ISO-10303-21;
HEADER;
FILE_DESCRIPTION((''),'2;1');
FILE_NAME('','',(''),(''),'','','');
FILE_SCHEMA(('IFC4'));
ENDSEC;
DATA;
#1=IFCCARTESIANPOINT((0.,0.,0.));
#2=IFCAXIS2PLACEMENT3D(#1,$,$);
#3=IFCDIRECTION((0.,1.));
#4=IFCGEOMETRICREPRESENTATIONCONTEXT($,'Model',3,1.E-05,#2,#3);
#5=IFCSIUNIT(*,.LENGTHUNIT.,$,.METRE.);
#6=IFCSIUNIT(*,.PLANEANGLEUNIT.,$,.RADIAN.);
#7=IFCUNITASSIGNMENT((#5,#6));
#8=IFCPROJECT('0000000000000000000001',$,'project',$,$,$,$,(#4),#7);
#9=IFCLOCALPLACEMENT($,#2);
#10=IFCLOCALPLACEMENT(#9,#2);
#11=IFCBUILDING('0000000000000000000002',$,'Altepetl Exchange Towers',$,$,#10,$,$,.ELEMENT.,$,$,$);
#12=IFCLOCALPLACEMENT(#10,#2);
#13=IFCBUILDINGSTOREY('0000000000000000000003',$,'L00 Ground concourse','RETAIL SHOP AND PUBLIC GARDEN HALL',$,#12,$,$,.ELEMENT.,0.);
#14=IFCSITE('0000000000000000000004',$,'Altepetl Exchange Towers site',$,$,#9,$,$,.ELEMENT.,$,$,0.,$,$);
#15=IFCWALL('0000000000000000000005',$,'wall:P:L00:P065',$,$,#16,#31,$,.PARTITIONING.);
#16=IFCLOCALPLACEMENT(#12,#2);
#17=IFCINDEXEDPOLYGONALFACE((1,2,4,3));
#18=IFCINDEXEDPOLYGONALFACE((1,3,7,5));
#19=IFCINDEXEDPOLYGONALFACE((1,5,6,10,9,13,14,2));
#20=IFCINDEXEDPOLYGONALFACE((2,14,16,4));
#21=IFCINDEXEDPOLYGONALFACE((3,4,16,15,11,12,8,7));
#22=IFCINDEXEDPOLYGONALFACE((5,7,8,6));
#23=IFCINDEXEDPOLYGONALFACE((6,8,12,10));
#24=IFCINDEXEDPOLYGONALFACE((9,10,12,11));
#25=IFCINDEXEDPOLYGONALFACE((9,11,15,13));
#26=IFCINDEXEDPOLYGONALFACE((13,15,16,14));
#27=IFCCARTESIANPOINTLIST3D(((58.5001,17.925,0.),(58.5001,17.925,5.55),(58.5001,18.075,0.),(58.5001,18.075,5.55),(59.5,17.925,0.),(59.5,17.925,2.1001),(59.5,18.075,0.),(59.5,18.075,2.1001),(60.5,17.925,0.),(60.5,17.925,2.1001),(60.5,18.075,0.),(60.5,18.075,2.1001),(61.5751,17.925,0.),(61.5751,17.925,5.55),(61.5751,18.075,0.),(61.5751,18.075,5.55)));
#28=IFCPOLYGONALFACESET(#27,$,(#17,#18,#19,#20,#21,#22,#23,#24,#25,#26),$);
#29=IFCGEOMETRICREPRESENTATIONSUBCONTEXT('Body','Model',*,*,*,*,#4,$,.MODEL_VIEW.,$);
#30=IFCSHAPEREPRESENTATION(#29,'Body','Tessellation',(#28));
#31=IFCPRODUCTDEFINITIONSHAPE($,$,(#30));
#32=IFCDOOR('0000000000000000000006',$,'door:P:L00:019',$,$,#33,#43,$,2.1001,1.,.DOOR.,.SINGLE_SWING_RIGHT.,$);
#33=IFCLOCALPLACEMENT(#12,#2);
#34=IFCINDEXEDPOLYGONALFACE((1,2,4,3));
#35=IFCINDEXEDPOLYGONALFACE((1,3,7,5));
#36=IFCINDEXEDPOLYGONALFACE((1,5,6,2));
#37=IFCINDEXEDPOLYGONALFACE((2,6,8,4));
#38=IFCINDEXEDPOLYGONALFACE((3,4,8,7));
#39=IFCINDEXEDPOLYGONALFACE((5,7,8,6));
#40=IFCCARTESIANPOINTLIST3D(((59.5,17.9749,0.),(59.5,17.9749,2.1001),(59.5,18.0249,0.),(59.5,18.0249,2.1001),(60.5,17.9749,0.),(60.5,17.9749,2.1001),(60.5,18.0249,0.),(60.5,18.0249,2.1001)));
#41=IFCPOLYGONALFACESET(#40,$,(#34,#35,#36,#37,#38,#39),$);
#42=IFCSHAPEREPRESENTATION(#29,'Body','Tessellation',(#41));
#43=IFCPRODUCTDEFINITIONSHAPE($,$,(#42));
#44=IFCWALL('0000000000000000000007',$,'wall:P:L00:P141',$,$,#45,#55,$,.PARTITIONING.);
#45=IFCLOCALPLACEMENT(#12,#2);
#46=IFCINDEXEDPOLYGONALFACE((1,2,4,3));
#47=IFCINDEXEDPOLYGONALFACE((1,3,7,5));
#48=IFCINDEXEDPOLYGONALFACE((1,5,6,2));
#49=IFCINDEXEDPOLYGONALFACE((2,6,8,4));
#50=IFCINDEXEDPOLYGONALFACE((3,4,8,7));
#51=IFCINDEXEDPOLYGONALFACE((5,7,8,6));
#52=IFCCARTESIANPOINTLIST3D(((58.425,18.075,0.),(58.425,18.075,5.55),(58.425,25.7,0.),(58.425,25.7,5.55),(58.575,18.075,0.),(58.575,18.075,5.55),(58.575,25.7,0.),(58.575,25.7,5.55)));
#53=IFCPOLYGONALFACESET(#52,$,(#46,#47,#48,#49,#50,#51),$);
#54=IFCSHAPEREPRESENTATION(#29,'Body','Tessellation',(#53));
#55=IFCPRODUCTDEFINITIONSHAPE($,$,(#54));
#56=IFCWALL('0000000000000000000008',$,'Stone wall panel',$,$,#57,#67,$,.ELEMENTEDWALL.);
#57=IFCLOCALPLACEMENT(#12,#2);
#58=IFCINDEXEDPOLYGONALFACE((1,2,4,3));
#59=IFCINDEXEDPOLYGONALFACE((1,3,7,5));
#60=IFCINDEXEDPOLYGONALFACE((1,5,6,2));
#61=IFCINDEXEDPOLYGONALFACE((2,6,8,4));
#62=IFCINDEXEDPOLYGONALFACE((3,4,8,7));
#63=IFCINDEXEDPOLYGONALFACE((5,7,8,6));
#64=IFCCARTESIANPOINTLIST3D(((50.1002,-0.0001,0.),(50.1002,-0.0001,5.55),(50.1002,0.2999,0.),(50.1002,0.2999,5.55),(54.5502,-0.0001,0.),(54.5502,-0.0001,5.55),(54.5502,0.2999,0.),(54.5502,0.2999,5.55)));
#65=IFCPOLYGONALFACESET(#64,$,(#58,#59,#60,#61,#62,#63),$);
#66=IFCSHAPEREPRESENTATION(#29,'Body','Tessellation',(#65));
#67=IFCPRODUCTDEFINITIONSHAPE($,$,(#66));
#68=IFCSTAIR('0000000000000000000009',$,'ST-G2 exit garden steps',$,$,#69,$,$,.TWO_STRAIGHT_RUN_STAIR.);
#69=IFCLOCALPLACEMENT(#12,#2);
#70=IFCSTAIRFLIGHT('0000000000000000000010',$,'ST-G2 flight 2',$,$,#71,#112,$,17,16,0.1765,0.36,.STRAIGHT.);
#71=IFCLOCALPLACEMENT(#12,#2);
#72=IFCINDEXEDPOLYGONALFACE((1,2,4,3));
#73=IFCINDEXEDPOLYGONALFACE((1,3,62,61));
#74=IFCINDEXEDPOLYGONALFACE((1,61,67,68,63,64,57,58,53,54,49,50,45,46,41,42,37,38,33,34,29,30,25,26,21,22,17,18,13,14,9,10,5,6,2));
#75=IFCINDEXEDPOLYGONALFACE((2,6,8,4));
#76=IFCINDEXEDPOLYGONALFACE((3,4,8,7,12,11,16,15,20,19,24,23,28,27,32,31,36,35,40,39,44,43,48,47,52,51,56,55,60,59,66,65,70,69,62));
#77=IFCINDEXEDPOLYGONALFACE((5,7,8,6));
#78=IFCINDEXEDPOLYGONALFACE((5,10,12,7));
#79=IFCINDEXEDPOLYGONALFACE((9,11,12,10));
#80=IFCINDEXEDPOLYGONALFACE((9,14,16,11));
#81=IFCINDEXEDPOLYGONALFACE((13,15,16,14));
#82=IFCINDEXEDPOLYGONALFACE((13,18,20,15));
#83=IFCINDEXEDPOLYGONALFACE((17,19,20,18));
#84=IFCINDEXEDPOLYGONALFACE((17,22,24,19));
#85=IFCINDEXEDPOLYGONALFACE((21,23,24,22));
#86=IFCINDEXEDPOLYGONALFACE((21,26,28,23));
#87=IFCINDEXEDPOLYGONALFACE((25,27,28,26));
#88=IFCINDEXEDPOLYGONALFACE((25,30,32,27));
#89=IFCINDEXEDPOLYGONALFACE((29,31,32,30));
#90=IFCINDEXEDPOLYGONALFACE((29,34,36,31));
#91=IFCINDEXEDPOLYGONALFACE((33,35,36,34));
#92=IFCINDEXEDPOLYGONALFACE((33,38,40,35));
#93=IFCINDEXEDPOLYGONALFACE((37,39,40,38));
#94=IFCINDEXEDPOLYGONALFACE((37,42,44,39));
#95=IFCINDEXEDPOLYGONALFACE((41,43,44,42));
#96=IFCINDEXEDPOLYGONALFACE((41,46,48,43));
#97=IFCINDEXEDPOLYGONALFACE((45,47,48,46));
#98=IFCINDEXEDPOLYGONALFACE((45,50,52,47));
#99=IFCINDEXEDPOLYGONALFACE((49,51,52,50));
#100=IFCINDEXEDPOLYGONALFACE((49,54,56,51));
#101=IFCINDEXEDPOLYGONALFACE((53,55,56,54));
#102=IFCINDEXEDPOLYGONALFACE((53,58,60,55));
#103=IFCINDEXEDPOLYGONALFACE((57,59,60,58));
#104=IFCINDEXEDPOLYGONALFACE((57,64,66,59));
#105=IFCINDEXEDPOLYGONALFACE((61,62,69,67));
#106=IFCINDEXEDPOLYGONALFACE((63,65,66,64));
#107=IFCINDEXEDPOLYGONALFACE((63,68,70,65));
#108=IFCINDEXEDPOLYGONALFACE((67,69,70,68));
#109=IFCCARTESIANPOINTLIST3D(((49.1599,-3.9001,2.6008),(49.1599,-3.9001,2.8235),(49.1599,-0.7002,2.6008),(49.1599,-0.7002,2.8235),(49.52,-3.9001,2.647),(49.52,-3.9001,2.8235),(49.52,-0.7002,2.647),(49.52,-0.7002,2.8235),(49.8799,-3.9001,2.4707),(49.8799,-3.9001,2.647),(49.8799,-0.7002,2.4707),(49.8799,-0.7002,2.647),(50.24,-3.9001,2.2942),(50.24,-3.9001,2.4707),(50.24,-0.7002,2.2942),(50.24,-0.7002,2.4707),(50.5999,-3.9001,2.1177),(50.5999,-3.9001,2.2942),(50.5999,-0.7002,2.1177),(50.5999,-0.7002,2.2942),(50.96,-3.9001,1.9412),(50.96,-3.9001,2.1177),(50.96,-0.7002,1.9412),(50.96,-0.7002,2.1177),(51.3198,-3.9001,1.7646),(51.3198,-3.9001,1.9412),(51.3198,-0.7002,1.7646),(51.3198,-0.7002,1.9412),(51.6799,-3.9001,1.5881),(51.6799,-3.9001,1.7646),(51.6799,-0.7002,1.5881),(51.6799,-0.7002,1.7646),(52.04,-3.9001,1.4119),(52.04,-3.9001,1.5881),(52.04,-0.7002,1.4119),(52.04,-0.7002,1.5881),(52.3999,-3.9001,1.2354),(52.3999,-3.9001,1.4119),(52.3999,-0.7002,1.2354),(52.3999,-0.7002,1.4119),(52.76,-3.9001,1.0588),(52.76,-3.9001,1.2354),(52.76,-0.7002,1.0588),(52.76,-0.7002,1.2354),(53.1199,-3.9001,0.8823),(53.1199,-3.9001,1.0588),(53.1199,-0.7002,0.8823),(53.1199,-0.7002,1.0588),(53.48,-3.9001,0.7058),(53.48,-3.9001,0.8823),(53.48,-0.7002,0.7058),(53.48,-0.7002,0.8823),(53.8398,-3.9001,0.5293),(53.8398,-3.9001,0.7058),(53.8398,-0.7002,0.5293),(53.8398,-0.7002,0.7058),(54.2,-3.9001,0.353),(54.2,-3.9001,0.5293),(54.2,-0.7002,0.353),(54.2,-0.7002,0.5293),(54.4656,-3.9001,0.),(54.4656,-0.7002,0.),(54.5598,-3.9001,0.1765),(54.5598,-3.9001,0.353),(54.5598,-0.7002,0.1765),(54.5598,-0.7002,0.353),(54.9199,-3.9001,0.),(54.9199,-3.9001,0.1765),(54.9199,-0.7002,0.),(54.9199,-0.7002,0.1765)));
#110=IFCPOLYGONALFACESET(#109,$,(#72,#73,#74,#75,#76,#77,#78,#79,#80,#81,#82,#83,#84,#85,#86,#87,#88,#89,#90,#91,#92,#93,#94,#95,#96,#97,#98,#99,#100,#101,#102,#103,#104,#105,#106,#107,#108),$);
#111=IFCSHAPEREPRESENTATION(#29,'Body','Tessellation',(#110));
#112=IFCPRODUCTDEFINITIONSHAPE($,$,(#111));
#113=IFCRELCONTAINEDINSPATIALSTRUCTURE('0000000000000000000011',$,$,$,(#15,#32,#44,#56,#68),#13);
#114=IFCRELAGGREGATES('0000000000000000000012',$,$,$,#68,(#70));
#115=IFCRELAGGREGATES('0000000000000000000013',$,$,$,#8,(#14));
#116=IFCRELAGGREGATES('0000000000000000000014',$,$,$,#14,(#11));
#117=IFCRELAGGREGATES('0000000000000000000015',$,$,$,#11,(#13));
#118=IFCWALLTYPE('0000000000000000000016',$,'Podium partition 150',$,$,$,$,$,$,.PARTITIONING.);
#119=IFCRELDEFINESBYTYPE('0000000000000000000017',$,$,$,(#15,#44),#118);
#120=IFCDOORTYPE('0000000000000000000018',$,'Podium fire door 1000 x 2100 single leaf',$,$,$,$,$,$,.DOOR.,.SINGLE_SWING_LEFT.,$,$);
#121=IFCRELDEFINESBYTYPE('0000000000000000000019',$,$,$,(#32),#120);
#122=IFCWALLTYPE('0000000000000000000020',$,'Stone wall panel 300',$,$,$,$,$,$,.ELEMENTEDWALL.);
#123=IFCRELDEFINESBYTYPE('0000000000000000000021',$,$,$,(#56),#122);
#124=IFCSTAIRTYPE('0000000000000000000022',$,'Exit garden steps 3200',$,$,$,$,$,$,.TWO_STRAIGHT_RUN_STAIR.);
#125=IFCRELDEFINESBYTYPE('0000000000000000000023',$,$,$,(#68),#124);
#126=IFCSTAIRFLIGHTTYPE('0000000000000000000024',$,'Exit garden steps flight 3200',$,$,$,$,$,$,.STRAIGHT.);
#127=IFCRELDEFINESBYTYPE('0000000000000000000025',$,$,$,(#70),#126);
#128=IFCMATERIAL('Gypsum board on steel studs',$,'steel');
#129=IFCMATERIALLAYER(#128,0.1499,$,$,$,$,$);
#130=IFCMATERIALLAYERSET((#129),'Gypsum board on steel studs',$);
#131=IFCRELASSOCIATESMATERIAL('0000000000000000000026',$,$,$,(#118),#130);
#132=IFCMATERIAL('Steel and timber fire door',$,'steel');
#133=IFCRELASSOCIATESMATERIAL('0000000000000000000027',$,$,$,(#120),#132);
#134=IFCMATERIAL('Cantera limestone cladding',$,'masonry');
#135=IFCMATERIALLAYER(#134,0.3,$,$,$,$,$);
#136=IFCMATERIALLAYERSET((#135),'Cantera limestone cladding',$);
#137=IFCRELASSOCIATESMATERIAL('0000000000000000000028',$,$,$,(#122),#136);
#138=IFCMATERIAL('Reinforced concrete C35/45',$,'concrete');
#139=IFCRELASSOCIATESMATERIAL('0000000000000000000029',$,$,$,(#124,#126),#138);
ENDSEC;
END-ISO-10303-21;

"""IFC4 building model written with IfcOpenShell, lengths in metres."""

from ifc_helpers import new_model, si_unit, direction, frame, frame_2d, origin, place, context, subcontext, project, spatial, polyline, rectangle, outline, extrude, material, layer, layer_set, type_object, element, fill, aggregate, save


model = new_model("IFC4")

# Units and contexts
model_context = context("Model", 3, precision=1e-05, world=origin(), true_north=direction((0.0, 1.0)))
body_context = subcontext(model_context, "Body", "Model", "MODEL_VIEW")
ifc_project = project(units=[si_unit("LENGTHUNIT", "METRE"), si_unit("PLANEANGLEUNIT", "RADIAN")], contexts=[model_context])

# Site, building, storey
site_placement = place(None, origin())
site = spatial("IfcSite", under=ifc_project, at=site_placement, Name="Altepetl Exchange Towers site", CompositionType="ELEMENT", RefElevation=0.0)
building_placement = place(site_placement, origin())
building = spatial("IfcBuilding", under=site, at=building_placement, Name="Altepetl Exchange Towers", CompositionType="ELEMENT")
storey_placement = place(building_placement, origin())
storey = spatial("IfcBuildingStorey", under=building, at=storey_placement, Name="L00 Ground concourse", Description="RETAIL SHOP AND PUBLIC GARDEN HALL", CompositionType="ELEMENT", Elevation=0.0)

# Shared definitions
ifc_material_1 = material(Name="Gypsum board on steel studs", Category="steel")
ifc_layer_1 = layer(ifc_material_1, 0.1499)
ifc_layer_set_1 = layer_set([ifc_layer_1], Name="Gypsum board on steel studs")
wall_type_1 = type_object("IfcWallType", Name="Podium partition 150", PredefinedType="PARTITIONING", material=ifc_layer_set_1)

# Wall, opening, door
ifc_material_2 = material(Name="Steel and timber fire door", Category="steel")
door_type = type_object("IfcDoorType", Name="Podium fire door 1000 x 2100 single leaf", OperationType="SINGLE_SWING_LEFT", PredefinedType="DOOR", material=ifc_material_2)
wall_1_placement = place(storey_placement, frame((58.5, 18.0, 0.0)))
wall_1 = element("IfcWall", 1, at=wall_1_placement, inside=storey, type_object=wall_type_1, Name="wall:P:L00:P065", PredefinedType="PARTITIONING", context=body_context, shape_type="SweptSolid", body=[
    extrude(rectangle(XDim=3.075, YDim=0.1499, at=frame_2d((1.5376, 0.0))), origin(), (0.0, 0.0, 1.0), 5.55),
])
opening_1_placement = place(wall_1_placement, frame((1.0, 0.0, 0.0)))
opening_1 = element("IfcOpeningElement", 2, at=opening_1_placement, cuts=wall_1, PredefinedType="OPENING", context=body_context, shape_type="SweptSolid", body=[
    extrude(rectangle(XDim=1.0, YDim=2.1001, at=frame_2d((0.5, 1.05))), frame((0.0, 0.085, 0.0), z_axis=(0.0, -1.0, 0.0), x_axis=(1.0, 0.0, 0.0)), (0.0, 0.0, 1.0), 0.1699),
])
door_1_placement = place(opening_1_placement, origin())
door_1 = element("IfcDoor", 3, at=door_1_placement, inside=storey, type_object=door_type, Name="door:P:L00:019", OperationType="SINGLE_SWING_RIGHT", OverallHeight=2.1001, OverallWidth=1.0, PredefinedType="DOOR", context=body_context, shape_type="SweptSolid", body=[
    extrude(rectangle(XDim=1.0, YDim=2.1001, at=frame_2d((0.5, 1.05))), frame((0.0, 0.0249, 0.0), z_axis=(0.0, -1.0, 0.0), x_axis=(1.0, 0.0, 0.0)), (0.0, 0.0, 1.0), 0.05),
])
fill(opening_1, door_1)

# Walls
wall_2_placement = place(storey_placement, frame((58.5, 18.075, 0.0), z_axis=(0.0, 0.0, 1.0), x_axis=(0.0, 1.0, 0.0)))
element("IfcWall", 4, at=wall_2_placement, inside=storey, type_object=wall_type_1, Name="wall:P:L00:P141", PredefinedType="PARTITIONING", context=body_context, shape_type="SweptSolid", body=[
    extrude(rectangle(XDim=7.625, YDim=0.1499, at=frame_2d((3.8125, 0.0))), origin(), (0.0, 0.0, 1.0), 5.55),
])
ifc_material_3 = material(Name="Cantera limestone cladding", Category="masonry")
ifc_layer_2 = layer(ifc_material_3, 0.3)
ifc_layer_set_2 = layer_set([ifc_layer_2], Name="Cantera limestone cladding")
wall_type_2 = type_object("IfcWallType", Name="Stone wall panel 300", PredefinedType="ELEMENTEDWALL", material=ifc_layer_set_2)
wall_3_placement = place(storey_placement, frame((50.1001, 0.1499, 0.0)))
element("IfcWall", 5, at=wall_3_placement, inside=storey, type_object=wall_type_2, Name="Stone wall panel", PredefinedType="ELEMENTEDWALL", context=body_context, shape_type="SweptSolid", body=[
    extrude(rectangle(XDim=4.45, YDim=0.3, at=frame_2d((2.2251, 0.0))), origin(), (0.0, 0.0, 1.0), 5.55),
])

# Stair, stair flight
ifc_material_4 = material(Name="Reinforced concrete C35/45", Category="concrete")
stair_type = type_object("IfcStairType", Name="Exit garden steps 3200", PredefinedType="TWO_STRAIGHT_RUN_STAIR", material=ifc_material_4)
stair_placement = place(storey_placement, origin())
stair = element("IfcStair", 6, at=stair_placement, inside=storey, type_object=stair_type, Name="ST-G2 exit garden steps", PredefinedType="TWO_STRAIGHT_RUN_STAIR")
stair_flight_type = type_object("IfcStairFlightType", Name="Exit garden steps flight 3200", PredefinedType="STRAIGHT", material=ifc_material_4)
stair_flight_placement = place(storey_placement, frame((54.9199, -2.3, 0.0), z_axis=(0.0, 0.0, 1.0), x_axis=(-1.0, 0.0, 0.0)))
stair_flight = element("IfcStairFlight", 7, at=stair_flight_placement, type_object=stair_flight_type, Name="ST-G2 flight 2", NumberOfRisers=17, NumberOfTreads=16, PredefinedType="STRAIGHT", RiserHeight=0.1765, TreadLength=0.36, context=body_context, shape_type="SweptSolid", body=[
    extrude(outline(polyline([(0.0, 0.0), (0.0, 0.1765), (0.3601, 0.1765), (0.3601, 0.353), (0.72, 0.353), (0.72, 0.5293), (1.0801, 0.5293), (1.0801, 0.7058), (1.4399, 0.7058), (1.4399, 0.8823), (1.8, 0.8823), (1.8, 1.0588), (2.1599, 1.0588), (2.1599, 1.2354), (2.52, 1.2354), (2.52, 1.4119), (2.8799, 1.4119), (2.8799, 1.5881), (3.24, 1.5881), (3.24, 1.7646), (3.6001, 1.7646), (3.6001, 1.9412), (3.96, 1.9412), (3.96, 2.1177), (4.3201, 2.1177), (4.3201, 2.2942), (4.6799, 2.2942), (4.6799, 2.4707), (5.04, 2.4707), (5.04, 2.647), (5.3999, 2.647), (5.3999, 2.8235), (5.76, 2.8235), (5.76, 3.0), (5.76, 2.6008), (0.4543, 0.0), (0.0, 0.0)])), frame((0.0, 1.6001, 0.0), z_axis=(0.0, -1.0, 0.0), x_axis=(1.0, 0.0, 0.0)), (0.0, 0.0, 1.0), 3.2),
])
aggregate(stair, [stair_flight])

save(model, "model.ifc")
